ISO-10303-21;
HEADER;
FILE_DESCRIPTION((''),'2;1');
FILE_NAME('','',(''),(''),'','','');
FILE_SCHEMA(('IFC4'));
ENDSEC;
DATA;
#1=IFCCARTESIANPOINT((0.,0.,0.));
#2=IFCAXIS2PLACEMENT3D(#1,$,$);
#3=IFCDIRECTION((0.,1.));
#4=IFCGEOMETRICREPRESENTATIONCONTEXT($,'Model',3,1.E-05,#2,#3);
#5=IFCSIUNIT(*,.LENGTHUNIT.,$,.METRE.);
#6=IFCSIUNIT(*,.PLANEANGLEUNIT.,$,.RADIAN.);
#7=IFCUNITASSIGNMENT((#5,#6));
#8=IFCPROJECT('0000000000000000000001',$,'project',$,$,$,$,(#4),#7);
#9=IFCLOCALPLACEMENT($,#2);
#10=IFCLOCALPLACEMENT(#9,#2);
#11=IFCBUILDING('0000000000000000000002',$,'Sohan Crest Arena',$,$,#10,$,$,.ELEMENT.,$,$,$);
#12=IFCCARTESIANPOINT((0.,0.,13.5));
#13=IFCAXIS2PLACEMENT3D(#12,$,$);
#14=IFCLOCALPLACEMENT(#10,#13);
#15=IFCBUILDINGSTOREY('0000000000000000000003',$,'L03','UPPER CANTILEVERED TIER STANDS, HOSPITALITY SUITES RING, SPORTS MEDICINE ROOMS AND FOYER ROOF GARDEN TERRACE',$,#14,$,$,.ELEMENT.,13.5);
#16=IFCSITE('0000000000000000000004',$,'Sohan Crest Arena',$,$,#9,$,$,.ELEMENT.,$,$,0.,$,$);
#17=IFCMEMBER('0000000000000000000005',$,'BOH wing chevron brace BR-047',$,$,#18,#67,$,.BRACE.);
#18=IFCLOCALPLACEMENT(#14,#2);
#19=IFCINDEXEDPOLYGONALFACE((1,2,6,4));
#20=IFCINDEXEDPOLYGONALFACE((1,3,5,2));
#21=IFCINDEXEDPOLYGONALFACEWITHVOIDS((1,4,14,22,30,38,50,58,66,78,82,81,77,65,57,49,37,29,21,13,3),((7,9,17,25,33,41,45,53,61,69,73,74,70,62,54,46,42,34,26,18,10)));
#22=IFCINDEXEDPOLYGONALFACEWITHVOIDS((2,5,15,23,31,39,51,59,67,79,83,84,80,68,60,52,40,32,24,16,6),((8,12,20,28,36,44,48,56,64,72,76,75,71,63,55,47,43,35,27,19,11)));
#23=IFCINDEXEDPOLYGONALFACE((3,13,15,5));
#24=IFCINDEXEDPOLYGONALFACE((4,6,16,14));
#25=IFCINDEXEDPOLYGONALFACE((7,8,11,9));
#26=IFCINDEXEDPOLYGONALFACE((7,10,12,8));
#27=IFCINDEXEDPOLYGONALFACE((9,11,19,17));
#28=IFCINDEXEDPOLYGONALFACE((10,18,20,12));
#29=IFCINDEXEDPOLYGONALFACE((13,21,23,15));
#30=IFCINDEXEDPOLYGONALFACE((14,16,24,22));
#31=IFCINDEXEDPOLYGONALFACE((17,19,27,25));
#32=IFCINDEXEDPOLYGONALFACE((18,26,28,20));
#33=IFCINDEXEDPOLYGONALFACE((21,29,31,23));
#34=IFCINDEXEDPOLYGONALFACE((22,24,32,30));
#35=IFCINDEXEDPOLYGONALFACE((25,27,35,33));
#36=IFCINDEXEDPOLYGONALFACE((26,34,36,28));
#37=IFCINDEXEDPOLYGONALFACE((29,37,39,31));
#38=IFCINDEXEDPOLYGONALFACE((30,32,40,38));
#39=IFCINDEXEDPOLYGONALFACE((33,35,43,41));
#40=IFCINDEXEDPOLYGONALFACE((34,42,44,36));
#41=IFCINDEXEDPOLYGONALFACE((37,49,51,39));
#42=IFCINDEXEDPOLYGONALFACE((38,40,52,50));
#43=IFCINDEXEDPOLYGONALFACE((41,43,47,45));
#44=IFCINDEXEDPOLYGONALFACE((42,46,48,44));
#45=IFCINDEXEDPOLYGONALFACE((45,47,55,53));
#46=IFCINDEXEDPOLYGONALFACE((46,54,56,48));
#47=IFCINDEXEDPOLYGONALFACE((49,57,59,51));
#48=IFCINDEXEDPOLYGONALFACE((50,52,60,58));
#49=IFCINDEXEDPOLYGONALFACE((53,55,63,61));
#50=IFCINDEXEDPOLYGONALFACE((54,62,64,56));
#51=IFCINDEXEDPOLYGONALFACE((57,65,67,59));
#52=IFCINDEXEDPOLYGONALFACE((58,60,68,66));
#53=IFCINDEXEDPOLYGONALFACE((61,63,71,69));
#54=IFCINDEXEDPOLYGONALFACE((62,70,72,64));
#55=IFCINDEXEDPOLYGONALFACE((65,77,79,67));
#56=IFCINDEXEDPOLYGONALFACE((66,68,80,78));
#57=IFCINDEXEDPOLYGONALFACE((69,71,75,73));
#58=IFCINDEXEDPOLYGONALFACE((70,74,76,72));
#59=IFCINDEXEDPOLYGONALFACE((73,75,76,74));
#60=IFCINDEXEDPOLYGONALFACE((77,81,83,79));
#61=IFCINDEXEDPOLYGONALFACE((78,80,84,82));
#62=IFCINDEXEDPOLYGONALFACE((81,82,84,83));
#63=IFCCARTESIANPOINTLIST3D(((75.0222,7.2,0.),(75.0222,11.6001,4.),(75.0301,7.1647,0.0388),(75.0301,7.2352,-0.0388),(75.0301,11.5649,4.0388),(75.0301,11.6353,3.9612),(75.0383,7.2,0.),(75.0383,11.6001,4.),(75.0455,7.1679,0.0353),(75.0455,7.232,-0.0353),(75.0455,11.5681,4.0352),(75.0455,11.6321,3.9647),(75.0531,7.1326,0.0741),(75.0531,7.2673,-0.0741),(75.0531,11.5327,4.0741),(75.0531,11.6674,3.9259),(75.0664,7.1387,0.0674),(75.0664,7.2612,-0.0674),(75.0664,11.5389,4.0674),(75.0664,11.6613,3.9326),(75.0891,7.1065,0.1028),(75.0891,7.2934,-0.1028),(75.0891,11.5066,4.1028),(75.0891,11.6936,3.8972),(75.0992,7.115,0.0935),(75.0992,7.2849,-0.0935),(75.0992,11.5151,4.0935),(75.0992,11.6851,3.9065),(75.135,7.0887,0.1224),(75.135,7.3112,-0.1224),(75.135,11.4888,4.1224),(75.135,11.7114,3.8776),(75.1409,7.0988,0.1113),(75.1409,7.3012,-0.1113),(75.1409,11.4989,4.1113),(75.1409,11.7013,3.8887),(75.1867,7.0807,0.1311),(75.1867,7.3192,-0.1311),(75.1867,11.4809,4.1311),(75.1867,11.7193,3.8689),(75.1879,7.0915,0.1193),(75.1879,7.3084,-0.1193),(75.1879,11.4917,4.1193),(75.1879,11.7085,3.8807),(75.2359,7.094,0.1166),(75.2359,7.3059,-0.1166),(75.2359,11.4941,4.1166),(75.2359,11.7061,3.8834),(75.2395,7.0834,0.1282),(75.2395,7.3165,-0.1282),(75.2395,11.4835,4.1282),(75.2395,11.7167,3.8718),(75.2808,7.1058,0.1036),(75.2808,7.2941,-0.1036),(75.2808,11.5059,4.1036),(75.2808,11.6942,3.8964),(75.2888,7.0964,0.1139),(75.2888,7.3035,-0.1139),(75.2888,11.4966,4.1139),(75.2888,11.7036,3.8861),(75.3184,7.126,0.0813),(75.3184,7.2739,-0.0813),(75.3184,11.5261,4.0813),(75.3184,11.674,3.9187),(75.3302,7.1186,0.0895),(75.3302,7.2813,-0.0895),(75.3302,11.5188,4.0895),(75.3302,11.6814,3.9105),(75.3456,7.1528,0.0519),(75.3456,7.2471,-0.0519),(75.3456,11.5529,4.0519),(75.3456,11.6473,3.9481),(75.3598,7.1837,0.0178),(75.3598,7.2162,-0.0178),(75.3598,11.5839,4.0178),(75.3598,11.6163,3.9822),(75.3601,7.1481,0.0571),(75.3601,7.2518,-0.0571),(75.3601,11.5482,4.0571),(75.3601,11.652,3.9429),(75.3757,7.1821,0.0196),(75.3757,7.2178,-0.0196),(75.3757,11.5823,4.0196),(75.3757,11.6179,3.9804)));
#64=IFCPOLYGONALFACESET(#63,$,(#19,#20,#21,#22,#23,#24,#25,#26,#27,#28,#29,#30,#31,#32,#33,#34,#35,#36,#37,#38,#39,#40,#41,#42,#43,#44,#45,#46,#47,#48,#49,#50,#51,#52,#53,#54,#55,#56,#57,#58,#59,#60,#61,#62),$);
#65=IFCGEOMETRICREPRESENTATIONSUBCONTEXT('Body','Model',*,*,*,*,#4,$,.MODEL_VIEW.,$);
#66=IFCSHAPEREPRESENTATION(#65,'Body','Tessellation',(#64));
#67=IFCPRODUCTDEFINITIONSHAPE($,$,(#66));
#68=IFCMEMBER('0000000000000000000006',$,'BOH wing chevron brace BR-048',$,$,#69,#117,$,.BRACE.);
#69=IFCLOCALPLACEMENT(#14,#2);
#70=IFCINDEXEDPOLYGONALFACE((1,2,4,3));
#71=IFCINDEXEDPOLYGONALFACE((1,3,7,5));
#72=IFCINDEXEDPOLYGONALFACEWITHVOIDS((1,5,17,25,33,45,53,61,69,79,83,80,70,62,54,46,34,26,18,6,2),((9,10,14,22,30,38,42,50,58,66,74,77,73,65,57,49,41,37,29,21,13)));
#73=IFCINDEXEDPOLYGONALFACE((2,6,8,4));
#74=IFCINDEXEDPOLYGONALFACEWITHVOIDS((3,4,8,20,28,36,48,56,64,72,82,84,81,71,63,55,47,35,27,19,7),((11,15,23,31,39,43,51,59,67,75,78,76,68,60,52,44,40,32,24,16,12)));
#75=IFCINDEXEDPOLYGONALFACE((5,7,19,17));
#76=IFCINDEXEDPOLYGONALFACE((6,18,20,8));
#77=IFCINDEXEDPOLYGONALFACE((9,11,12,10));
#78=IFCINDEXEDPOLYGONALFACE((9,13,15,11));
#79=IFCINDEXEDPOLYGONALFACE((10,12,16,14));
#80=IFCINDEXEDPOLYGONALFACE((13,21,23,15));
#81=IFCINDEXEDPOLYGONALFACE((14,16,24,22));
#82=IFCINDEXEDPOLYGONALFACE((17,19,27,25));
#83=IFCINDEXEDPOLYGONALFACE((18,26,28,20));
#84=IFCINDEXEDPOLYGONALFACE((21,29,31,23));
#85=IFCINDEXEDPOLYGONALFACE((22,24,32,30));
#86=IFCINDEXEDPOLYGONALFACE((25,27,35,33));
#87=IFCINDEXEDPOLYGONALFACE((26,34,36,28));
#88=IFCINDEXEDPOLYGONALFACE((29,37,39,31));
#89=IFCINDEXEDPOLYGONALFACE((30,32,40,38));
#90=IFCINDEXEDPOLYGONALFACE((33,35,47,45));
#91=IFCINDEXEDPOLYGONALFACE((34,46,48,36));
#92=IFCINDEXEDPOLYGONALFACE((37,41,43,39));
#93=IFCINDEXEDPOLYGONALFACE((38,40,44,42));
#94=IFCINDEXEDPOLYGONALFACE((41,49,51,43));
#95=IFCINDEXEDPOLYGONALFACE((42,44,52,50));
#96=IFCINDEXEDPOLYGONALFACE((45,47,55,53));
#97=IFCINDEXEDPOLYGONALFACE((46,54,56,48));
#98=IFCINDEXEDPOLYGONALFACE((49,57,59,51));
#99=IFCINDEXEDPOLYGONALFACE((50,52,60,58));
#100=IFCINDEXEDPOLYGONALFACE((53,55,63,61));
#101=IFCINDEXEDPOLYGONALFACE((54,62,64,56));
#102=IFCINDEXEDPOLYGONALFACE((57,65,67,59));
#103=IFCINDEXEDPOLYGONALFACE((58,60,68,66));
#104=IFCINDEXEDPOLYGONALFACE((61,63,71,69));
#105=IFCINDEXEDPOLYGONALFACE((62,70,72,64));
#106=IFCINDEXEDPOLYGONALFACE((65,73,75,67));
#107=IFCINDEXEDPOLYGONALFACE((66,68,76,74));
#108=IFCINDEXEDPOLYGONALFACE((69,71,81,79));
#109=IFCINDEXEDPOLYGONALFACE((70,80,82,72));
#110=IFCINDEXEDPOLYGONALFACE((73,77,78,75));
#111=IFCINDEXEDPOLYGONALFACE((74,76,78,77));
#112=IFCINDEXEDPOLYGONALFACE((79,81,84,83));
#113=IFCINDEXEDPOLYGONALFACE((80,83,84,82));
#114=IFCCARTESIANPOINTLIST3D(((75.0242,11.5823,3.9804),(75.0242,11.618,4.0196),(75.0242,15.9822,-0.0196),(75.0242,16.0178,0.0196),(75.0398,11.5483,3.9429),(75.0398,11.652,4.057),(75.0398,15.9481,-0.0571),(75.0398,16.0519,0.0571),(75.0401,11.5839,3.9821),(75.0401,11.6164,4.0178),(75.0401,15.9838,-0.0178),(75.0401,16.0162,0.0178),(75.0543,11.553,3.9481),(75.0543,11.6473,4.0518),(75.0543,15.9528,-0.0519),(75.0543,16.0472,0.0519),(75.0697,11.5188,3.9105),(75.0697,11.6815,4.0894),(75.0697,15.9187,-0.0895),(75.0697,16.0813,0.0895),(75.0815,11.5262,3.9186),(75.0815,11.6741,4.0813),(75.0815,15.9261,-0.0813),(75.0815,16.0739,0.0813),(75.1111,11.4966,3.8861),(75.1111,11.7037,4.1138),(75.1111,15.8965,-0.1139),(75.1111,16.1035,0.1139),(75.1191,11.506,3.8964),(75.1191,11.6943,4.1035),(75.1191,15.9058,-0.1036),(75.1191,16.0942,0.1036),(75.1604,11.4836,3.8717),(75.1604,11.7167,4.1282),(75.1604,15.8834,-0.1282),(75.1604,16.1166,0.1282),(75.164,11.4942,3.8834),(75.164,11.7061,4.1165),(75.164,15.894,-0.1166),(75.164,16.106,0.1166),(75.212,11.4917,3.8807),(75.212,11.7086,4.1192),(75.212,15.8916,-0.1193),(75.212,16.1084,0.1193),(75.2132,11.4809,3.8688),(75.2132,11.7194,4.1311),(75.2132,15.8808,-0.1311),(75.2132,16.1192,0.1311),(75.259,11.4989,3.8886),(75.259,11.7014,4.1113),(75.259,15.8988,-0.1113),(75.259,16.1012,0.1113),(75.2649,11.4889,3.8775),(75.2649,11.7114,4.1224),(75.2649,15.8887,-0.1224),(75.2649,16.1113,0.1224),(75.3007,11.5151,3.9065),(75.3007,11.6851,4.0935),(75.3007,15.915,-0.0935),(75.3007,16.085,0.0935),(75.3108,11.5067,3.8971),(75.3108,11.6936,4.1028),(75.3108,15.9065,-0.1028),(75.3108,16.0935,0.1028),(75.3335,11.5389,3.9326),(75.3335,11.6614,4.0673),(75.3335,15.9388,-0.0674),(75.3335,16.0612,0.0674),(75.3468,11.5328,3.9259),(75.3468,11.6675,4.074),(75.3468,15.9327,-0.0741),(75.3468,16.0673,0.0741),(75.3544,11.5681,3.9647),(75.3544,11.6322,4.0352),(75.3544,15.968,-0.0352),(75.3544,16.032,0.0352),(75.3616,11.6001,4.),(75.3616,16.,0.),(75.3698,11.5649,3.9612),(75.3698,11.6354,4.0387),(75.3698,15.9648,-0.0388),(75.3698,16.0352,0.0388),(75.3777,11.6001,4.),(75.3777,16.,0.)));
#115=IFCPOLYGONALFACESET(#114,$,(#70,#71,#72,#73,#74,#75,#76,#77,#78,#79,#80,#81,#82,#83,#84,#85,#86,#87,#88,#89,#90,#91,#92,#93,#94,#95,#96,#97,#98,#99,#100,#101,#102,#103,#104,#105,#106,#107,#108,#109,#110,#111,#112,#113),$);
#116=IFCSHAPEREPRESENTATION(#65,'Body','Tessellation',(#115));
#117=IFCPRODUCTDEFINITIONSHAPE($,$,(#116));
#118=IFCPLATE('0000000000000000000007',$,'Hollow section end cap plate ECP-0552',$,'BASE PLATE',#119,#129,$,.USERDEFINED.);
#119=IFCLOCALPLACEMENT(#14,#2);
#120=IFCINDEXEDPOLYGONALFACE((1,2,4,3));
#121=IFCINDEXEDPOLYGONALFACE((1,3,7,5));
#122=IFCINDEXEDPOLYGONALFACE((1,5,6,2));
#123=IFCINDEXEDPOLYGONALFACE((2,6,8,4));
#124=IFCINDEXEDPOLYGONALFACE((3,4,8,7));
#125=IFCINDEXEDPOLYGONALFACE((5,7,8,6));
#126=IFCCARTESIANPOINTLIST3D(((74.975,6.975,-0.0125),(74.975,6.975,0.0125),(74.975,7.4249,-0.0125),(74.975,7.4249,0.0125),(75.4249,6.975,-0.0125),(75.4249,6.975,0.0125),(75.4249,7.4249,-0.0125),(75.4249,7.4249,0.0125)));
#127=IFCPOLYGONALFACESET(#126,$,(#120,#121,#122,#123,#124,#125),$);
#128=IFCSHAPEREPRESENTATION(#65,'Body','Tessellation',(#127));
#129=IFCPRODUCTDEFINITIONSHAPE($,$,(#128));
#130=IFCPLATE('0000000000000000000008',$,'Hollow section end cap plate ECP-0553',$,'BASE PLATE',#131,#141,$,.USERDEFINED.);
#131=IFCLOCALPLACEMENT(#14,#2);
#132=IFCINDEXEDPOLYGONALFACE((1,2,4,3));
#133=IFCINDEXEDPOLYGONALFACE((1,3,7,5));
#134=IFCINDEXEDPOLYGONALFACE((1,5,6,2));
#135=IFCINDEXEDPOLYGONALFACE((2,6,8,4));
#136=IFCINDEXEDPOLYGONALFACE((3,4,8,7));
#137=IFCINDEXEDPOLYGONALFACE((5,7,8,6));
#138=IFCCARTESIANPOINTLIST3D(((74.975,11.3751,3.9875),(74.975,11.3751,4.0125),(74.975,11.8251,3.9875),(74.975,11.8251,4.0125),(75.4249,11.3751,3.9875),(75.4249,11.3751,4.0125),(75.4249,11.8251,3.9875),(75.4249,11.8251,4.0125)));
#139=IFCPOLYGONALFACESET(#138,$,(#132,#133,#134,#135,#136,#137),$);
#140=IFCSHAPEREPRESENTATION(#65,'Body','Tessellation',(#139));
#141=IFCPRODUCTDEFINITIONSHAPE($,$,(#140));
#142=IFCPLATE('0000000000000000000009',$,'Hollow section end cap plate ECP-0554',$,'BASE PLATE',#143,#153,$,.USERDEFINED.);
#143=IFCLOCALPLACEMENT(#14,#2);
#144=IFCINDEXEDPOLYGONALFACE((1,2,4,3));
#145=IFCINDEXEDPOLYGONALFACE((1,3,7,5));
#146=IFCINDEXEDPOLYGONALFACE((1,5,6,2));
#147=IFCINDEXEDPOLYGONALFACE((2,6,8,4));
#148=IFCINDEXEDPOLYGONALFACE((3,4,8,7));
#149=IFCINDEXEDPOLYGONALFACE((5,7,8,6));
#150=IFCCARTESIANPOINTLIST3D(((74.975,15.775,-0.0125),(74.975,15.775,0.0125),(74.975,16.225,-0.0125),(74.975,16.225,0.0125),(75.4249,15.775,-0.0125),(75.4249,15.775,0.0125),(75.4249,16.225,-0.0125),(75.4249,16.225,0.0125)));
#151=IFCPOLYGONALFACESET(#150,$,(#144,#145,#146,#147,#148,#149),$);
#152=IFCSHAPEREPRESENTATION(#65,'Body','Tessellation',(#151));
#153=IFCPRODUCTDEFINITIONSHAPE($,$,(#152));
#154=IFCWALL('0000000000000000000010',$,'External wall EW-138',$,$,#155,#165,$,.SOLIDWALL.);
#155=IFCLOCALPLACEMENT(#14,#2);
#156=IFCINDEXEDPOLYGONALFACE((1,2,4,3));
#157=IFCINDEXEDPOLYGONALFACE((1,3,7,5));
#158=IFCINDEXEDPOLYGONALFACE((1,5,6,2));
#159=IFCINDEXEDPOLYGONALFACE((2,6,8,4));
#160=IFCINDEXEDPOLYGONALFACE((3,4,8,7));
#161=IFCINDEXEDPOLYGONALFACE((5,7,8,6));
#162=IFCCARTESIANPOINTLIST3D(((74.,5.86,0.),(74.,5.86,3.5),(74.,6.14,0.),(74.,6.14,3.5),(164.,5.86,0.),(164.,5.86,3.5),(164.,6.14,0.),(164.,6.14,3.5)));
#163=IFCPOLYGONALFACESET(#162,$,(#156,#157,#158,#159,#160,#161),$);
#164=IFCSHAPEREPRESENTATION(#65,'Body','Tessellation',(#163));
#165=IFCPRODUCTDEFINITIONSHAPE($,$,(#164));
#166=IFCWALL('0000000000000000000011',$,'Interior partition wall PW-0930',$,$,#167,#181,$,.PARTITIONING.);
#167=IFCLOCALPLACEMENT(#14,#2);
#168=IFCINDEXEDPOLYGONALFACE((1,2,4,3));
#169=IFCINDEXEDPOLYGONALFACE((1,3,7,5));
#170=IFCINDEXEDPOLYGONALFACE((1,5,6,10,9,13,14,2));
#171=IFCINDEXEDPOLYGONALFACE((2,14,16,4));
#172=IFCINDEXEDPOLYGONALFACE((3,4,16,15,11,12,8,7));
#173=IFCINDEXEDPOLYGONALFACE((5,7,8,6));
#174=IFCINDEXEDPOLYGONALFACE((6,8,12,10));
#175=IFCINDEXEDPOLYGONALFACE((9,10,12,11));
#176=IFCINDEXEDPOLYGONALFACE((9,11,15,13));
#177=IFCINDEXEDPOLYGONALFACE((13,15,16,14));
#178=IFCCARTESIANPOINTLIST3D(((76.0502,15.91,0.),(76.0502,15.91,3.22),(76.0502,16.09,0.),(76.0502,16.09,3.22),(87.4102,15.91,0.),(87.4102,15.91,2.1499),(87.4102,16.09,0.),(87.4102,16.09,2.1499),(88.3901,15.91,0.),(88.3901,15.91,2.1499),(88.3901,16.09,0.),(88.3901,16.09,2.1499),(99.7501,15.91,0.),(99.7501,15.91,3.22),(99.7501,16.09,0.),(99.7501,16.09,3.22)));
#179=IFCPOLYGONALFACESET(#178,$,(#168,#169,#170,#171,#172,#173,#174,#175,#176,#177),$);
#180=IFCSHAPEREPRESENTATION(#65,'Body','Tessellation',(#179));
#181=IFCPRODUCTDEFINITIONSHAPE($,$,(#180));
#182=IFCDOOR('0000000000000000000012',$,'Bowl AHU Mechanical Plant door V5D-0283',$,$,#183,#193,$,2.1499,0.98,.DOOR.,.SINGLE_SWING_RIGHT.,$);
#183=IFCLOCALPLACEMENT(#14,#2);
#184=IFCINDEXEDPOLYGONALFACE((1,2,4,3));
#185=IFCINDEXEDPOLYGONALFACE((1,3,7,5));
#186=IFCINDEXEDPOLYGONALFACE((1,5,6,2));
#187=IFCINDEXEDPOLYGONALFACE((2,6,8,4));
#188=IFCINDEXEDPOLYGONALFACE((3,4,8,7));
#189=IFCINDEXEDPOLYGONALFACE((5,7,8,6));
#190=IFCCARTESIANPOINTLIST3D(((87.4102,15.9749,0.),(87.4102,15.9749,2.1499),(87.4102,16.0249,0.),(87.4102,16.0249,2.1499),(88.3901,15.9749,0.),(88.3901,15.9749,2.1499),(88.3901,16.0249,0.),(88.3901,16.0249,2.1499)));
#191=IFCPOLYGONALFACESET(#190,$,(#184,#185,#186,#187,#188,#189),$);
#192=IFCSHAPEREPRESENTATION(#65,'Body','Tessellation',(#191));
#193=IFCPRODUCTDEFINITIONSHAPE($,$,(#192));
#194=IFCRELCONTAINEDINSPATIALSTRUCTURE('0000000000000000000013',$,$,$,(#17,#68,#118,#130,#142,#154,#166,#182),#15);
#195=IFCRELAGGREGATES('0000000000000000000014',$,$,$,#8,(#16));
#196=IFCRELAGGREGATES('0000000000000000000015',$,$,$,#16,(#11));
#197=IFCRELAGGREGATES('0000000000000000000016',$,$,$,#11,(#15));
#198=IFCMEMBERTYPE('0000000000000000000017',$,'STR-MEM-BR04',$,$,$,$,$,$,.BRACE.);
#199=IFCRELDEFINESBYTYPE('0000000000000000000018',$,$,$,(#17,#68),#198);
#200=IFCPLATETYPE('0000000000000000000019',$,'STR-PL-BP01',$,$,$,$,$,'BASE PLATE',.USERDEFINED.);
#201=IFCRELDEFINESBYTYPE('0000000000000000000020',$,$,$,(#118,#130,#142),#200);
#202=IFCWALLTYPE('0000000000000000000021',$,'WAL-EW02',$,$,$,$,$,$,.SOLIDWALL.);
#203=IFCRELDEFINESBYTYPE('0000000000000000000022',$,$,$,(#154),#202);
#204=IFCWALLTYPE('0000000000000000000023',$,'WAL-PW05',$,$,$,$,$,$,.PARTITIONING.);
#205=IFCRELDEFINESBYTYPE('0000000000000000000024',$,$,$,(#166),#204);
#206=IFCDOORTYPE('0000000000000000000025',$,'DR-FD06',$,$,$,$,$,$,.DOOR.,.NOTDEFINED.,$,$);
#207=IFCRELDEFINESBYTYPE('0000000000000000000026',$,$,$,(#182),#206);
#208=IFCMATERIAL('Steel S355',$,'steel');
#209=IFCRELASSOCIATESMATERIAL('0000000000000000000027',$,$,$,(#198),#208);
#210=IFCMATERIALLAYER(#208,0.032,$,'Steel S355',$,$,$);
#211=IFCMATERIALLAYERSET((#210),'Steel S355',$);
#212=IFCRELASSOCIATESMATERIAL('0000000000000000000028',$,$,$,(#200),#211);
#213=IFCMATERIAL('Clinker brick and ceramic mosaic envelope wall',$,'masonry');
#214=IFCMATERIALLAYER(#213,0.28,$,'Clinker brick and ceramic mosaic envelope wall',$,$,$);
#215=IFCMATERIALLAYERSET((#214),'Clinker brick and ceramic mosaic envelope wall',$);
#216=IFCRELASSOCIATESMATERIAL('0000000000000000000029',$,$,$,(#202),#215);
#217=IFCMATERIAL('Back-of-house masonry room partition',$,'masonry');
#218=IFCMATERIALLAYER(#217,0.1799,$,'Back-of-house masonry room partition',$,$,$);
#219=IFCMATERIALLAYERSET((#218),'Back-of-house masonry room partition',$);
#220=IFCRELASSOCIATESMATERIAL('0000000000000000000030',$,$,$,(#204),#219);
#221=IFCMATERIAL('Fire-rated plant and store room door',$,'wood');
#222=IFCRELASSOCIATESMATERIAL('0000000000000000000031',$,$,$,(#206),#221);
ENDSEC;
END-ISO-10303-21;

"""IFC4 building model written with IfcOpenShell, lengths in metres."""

from ifc_helpers import new_model, si_unit, direction, frame, frame_2d, origin, origin_2d, place, context, subcontext, project, spatial, rectangle, hollow_circle, extrude, material, layer, layer_set, material_profile, profile_set, type_object, element, fill, save


model = new_model("IFC4")

# Units and contexts
model_context = context("Model", 3, precision=1e-05, world=origin(), true_north=direction((0.0, 1.0)))
body_context = subcontext(model_context, "Body", "Model", "MODEL_VIEW")
ifc_project = project(units=[si_unit("LENGTHUNIT", "METRE"), si_unit("PLANEANGLEUNIT", "RADIAN")], contexts=[model_context])

# Site, building, storey
site_placement = place(None, origin())
site = spatial("IfcSite", under=ifc_project, at=site_placement, Name="Sohan Crest Arena", CompositionType="ELEMENT", RefElevation=0.0)
building_placement = place(site_placement, origin())
building = spatial("IfcBuilding", under=site, at=building_placement, Name="Sohan Crest Arena", CompositionType="ELEMENT")
storey_placement = place(building_placement, frame((0.0, 0.0, 13.5)))
storey = spatial("IfcBuildingStorey", under=building, at=storey_placement, Name="L03", Description="UPPER CANTILEVERED TIER STANDS, HOSPITALITY SUITES RING, SPORTS MEDICINE ROOMS AND FOYER ROOF GARDEN TERRACE", CompositionType="ELEMENT", Elevation=13.5)

# Shared definitions
ifc_material_1 = material(Name="Steel S355", Category="steel")

# Members
ifc_material_profile_1 = material_profile(ifc_material_1, hollow_circle(Radius=0.1777, WallThickness=0.0161, at=origin_2d()), Name="CHS 355.6x16")
ifc_profile_set_1 = profile_set([ifc_material_profile_1], Name="Steel S355")
member_type = type_object("IfcMemberType", Name="STR-MEM-BR04", PredefinedType="BRACE", material=ifc_profile_set_1)
member_1_placement = place(storey_placement, frame((75.2, 7.2, 0.0), z_axis=(0.0, 0.739951, 0.672661), x_axis=(-1.0, 0.0, 0.0)))
element("IfcMember", 1, at=member_1_placement, inside=storey, type_object=member_type, Name="BOH wing chevron brace BR-047", PredefinedType="BRACE", context=body_context, shape_type="SweptSolid", body=[
    extrude(hollow_circle(Radius=0.1777, WallThickness=0.0161, at=origin_2d()), origin(), (0.0, 0.0, 1.0), 5.9465),
])
member_2_placement = place(storey_placement, frame((75.2, 16.0, 0.0), z_axis=(0.0, -0.739933, 0.672681), x_axis=(1.0, 0.0, 0.0)))
element("IfcMember", 2, at=member_2_placement, inside=storey, type_object=member_type, Name="BOH wing chevron brace BR-048", PredefinedType="BRACE", context=body_context, shape_type="SweptSolid", body=[
    extrude(hollow_circle(Radius=0.1777, WallThickness=0.0161, at=origin_2d()), origin(), (0.0, 0.0, 1.0), 5.9463),
])

# Plates
ifc_layer_1 = layer(ifc_material_1, 0.032, Name="Steel S355")
ifc_layer_set_1 = layer_set([ifc_layer_1], Name="Steel S355")
plate_type = type_object("IfcPlateType", Name="STR-PL-BP01", ElementType="BASE PLATE", PredefinedType="USERDEFINED", material=ifc_layer_set_1)
for number, where, z_axis, x_axis, name in (
    (3, (75.2, 7.2, -0.0125), (0.0, 0.0, 1.0), (1.0, 0.0, 0.0), "Hollow section end cap plate ECP-0552"),
    (4, (75.2, 11.6001, 3.9875), (0.0, 0.0, 1.0), (1.0, 0.0, 0.0), "Hollow section end cap plate ECP-0553"),
    (5, (75.2, 16.0, -0.0125), (0.0, 0.0, 1.0), (1.0, 0.0, 0.0), "Hollow section end cap plate ECP-0554"),
):
    element("IfcPlate", number, at=place(storey_placement, frame(where, z_axis=z_axis, x_axis=x_axis)), inside=storey, type_object=plate_type, Name=name, ObjectType="BASE PLATE", PredefinedType="USERDEFINED", context=body_context, shape_type="SweptSolid", body=[
        extrude(rectangle(XDim=0.45, YDim=0.45, at=origin_2d()), origin(), (0.0, 0.0, 1.0), 0.0249),
    ])

# Wall
ifc_material_2 = material(Name="Clinker brick and ceramic mosaic envelope wall", Category="masonry")
ifc_layer_2 = layer(ifc_material_2, 0.28, Name="Clinker brick and ceramic mosaic envelope wall")
ifc_layer_set_2 = layer_set([ifc_layer_2], Name="Clinker brick and ceramic mosaic envelope wall")
wall_type_1 = type_object("IfcWallType", Name="WAL-EW02", PredefinedType="SOLIDWALL", material=ifc_layer_set_2)
wall_1_placement = place(storey_placement, frame((74.0, 6.0, 0.0), z_axis=(0.0, 0.0, 1.0), x_axis=(1.0, 0.0, 0.0)))
element("IfcWall", 6, at=wall_1_placement, inside=storey, type_object=wall_type_1, Name="External wall EW-138", PredefinedType="SOLIDWALL", context=body_context, shape_type="SweptSolid", body=[
    extrude(rectangle(XDim=90.0, YDim=0.28, at=frame_2d((45.0, 0.0))), origin(), (0.0, 0.0, 1.0), 3.5),
])

# Wall, opening, door
ifc_material_3 = material(Name="Back-of-house masonry room partition", Category="masonry")
ifc_layer_3 = layer(ifc_material_3, 0.1799, Name="Back-of-house masonry room partition")
ifc_layer_set_3 = layer_set([ifc_layer_3], Name="Back-of-house masonry room partition")
wall_type_2 = type_object("IfcWallType", Name="WAL-PW05", PredefinedType="PARTITIONING", material=ifc_layer_set_3)
wall_2_placement = place(storey_placement, frame((76.05, 16.0, 0.0), z_axis=(0.0, 0.0, 1.0), x_axis=(1.0, 0.0, 0.0)))
wall_2 = element("IfcWall", 7, at=wall_2_placement, inside=storey, type_object=wall_type_2, Name="Interior partition wall PW-0930", PredefinedType="PARTITIONING", context=body_context, shape_type="SweptSolid", body=[
    extrude(rectangle(XDim=23.7, YDim=0.1799, at=frame_2d((11.8501, 0.0))), origin(), (0.0, 0.0, 1.0), 3.22),
])
opening_1_placement = place(wall_2_placement, frame((11.3601, 0.0, 0.0)))
opening_1 = element("IfcOpeningElement", 8, at=opening_1_placement, cuts=wall_2, PredefinedType="OPENING", context=body_context, shape_type="SweptSolid", body=[
    extrude(rectangle(XDim=0.98, YDim=2.1499, at=frame_2d((0.49, 1.075))), frame((0.0, 0.0999, 0.0), z_axis=(0.0, -1.0, 0.0), x_axis=(1.0, 0.0, 0.0)), (0.0, 0.0, 1.0), 0.2),
])
ifc_material_4 = material(Name="Fire-rated plant and store room door", Category="wood")
door_type_1 = type_object("IfcDoorType", Name="DR-FD06", OperationType="NOTDEFINED", PredefinedType="DOOR", material=ifc_material_4)
door_1_placement = place(opening_1_placement, origin())
door_1 = element("IfcDoor", 9, at=door_1_placement, inside=storey, type_object=door_type_1, Name="Bowl AHU Mechanical Plant door V5D-0283", OperationType="SINGLE_SWING_RIGHT", OverallHeight=2.1499, OverallWidth=0.98, PredefinedType="DOOR", context=body_context, shape_type="SweptSolid", body=[
    extrude(rectangle(XDim=0.98, YDim=2.1499, at=frame_2d((0.49, 1.075))), frame((0.0, 0.0249, 0.0), z_axis=(0.0, -1.0, 0.0), x_axis=(1.0, 0.0, 0.0)), (0.0, 0.0, 1.0), 0.05),
])
fill(opening_1, door_1)

save(model, "model.ifc")
